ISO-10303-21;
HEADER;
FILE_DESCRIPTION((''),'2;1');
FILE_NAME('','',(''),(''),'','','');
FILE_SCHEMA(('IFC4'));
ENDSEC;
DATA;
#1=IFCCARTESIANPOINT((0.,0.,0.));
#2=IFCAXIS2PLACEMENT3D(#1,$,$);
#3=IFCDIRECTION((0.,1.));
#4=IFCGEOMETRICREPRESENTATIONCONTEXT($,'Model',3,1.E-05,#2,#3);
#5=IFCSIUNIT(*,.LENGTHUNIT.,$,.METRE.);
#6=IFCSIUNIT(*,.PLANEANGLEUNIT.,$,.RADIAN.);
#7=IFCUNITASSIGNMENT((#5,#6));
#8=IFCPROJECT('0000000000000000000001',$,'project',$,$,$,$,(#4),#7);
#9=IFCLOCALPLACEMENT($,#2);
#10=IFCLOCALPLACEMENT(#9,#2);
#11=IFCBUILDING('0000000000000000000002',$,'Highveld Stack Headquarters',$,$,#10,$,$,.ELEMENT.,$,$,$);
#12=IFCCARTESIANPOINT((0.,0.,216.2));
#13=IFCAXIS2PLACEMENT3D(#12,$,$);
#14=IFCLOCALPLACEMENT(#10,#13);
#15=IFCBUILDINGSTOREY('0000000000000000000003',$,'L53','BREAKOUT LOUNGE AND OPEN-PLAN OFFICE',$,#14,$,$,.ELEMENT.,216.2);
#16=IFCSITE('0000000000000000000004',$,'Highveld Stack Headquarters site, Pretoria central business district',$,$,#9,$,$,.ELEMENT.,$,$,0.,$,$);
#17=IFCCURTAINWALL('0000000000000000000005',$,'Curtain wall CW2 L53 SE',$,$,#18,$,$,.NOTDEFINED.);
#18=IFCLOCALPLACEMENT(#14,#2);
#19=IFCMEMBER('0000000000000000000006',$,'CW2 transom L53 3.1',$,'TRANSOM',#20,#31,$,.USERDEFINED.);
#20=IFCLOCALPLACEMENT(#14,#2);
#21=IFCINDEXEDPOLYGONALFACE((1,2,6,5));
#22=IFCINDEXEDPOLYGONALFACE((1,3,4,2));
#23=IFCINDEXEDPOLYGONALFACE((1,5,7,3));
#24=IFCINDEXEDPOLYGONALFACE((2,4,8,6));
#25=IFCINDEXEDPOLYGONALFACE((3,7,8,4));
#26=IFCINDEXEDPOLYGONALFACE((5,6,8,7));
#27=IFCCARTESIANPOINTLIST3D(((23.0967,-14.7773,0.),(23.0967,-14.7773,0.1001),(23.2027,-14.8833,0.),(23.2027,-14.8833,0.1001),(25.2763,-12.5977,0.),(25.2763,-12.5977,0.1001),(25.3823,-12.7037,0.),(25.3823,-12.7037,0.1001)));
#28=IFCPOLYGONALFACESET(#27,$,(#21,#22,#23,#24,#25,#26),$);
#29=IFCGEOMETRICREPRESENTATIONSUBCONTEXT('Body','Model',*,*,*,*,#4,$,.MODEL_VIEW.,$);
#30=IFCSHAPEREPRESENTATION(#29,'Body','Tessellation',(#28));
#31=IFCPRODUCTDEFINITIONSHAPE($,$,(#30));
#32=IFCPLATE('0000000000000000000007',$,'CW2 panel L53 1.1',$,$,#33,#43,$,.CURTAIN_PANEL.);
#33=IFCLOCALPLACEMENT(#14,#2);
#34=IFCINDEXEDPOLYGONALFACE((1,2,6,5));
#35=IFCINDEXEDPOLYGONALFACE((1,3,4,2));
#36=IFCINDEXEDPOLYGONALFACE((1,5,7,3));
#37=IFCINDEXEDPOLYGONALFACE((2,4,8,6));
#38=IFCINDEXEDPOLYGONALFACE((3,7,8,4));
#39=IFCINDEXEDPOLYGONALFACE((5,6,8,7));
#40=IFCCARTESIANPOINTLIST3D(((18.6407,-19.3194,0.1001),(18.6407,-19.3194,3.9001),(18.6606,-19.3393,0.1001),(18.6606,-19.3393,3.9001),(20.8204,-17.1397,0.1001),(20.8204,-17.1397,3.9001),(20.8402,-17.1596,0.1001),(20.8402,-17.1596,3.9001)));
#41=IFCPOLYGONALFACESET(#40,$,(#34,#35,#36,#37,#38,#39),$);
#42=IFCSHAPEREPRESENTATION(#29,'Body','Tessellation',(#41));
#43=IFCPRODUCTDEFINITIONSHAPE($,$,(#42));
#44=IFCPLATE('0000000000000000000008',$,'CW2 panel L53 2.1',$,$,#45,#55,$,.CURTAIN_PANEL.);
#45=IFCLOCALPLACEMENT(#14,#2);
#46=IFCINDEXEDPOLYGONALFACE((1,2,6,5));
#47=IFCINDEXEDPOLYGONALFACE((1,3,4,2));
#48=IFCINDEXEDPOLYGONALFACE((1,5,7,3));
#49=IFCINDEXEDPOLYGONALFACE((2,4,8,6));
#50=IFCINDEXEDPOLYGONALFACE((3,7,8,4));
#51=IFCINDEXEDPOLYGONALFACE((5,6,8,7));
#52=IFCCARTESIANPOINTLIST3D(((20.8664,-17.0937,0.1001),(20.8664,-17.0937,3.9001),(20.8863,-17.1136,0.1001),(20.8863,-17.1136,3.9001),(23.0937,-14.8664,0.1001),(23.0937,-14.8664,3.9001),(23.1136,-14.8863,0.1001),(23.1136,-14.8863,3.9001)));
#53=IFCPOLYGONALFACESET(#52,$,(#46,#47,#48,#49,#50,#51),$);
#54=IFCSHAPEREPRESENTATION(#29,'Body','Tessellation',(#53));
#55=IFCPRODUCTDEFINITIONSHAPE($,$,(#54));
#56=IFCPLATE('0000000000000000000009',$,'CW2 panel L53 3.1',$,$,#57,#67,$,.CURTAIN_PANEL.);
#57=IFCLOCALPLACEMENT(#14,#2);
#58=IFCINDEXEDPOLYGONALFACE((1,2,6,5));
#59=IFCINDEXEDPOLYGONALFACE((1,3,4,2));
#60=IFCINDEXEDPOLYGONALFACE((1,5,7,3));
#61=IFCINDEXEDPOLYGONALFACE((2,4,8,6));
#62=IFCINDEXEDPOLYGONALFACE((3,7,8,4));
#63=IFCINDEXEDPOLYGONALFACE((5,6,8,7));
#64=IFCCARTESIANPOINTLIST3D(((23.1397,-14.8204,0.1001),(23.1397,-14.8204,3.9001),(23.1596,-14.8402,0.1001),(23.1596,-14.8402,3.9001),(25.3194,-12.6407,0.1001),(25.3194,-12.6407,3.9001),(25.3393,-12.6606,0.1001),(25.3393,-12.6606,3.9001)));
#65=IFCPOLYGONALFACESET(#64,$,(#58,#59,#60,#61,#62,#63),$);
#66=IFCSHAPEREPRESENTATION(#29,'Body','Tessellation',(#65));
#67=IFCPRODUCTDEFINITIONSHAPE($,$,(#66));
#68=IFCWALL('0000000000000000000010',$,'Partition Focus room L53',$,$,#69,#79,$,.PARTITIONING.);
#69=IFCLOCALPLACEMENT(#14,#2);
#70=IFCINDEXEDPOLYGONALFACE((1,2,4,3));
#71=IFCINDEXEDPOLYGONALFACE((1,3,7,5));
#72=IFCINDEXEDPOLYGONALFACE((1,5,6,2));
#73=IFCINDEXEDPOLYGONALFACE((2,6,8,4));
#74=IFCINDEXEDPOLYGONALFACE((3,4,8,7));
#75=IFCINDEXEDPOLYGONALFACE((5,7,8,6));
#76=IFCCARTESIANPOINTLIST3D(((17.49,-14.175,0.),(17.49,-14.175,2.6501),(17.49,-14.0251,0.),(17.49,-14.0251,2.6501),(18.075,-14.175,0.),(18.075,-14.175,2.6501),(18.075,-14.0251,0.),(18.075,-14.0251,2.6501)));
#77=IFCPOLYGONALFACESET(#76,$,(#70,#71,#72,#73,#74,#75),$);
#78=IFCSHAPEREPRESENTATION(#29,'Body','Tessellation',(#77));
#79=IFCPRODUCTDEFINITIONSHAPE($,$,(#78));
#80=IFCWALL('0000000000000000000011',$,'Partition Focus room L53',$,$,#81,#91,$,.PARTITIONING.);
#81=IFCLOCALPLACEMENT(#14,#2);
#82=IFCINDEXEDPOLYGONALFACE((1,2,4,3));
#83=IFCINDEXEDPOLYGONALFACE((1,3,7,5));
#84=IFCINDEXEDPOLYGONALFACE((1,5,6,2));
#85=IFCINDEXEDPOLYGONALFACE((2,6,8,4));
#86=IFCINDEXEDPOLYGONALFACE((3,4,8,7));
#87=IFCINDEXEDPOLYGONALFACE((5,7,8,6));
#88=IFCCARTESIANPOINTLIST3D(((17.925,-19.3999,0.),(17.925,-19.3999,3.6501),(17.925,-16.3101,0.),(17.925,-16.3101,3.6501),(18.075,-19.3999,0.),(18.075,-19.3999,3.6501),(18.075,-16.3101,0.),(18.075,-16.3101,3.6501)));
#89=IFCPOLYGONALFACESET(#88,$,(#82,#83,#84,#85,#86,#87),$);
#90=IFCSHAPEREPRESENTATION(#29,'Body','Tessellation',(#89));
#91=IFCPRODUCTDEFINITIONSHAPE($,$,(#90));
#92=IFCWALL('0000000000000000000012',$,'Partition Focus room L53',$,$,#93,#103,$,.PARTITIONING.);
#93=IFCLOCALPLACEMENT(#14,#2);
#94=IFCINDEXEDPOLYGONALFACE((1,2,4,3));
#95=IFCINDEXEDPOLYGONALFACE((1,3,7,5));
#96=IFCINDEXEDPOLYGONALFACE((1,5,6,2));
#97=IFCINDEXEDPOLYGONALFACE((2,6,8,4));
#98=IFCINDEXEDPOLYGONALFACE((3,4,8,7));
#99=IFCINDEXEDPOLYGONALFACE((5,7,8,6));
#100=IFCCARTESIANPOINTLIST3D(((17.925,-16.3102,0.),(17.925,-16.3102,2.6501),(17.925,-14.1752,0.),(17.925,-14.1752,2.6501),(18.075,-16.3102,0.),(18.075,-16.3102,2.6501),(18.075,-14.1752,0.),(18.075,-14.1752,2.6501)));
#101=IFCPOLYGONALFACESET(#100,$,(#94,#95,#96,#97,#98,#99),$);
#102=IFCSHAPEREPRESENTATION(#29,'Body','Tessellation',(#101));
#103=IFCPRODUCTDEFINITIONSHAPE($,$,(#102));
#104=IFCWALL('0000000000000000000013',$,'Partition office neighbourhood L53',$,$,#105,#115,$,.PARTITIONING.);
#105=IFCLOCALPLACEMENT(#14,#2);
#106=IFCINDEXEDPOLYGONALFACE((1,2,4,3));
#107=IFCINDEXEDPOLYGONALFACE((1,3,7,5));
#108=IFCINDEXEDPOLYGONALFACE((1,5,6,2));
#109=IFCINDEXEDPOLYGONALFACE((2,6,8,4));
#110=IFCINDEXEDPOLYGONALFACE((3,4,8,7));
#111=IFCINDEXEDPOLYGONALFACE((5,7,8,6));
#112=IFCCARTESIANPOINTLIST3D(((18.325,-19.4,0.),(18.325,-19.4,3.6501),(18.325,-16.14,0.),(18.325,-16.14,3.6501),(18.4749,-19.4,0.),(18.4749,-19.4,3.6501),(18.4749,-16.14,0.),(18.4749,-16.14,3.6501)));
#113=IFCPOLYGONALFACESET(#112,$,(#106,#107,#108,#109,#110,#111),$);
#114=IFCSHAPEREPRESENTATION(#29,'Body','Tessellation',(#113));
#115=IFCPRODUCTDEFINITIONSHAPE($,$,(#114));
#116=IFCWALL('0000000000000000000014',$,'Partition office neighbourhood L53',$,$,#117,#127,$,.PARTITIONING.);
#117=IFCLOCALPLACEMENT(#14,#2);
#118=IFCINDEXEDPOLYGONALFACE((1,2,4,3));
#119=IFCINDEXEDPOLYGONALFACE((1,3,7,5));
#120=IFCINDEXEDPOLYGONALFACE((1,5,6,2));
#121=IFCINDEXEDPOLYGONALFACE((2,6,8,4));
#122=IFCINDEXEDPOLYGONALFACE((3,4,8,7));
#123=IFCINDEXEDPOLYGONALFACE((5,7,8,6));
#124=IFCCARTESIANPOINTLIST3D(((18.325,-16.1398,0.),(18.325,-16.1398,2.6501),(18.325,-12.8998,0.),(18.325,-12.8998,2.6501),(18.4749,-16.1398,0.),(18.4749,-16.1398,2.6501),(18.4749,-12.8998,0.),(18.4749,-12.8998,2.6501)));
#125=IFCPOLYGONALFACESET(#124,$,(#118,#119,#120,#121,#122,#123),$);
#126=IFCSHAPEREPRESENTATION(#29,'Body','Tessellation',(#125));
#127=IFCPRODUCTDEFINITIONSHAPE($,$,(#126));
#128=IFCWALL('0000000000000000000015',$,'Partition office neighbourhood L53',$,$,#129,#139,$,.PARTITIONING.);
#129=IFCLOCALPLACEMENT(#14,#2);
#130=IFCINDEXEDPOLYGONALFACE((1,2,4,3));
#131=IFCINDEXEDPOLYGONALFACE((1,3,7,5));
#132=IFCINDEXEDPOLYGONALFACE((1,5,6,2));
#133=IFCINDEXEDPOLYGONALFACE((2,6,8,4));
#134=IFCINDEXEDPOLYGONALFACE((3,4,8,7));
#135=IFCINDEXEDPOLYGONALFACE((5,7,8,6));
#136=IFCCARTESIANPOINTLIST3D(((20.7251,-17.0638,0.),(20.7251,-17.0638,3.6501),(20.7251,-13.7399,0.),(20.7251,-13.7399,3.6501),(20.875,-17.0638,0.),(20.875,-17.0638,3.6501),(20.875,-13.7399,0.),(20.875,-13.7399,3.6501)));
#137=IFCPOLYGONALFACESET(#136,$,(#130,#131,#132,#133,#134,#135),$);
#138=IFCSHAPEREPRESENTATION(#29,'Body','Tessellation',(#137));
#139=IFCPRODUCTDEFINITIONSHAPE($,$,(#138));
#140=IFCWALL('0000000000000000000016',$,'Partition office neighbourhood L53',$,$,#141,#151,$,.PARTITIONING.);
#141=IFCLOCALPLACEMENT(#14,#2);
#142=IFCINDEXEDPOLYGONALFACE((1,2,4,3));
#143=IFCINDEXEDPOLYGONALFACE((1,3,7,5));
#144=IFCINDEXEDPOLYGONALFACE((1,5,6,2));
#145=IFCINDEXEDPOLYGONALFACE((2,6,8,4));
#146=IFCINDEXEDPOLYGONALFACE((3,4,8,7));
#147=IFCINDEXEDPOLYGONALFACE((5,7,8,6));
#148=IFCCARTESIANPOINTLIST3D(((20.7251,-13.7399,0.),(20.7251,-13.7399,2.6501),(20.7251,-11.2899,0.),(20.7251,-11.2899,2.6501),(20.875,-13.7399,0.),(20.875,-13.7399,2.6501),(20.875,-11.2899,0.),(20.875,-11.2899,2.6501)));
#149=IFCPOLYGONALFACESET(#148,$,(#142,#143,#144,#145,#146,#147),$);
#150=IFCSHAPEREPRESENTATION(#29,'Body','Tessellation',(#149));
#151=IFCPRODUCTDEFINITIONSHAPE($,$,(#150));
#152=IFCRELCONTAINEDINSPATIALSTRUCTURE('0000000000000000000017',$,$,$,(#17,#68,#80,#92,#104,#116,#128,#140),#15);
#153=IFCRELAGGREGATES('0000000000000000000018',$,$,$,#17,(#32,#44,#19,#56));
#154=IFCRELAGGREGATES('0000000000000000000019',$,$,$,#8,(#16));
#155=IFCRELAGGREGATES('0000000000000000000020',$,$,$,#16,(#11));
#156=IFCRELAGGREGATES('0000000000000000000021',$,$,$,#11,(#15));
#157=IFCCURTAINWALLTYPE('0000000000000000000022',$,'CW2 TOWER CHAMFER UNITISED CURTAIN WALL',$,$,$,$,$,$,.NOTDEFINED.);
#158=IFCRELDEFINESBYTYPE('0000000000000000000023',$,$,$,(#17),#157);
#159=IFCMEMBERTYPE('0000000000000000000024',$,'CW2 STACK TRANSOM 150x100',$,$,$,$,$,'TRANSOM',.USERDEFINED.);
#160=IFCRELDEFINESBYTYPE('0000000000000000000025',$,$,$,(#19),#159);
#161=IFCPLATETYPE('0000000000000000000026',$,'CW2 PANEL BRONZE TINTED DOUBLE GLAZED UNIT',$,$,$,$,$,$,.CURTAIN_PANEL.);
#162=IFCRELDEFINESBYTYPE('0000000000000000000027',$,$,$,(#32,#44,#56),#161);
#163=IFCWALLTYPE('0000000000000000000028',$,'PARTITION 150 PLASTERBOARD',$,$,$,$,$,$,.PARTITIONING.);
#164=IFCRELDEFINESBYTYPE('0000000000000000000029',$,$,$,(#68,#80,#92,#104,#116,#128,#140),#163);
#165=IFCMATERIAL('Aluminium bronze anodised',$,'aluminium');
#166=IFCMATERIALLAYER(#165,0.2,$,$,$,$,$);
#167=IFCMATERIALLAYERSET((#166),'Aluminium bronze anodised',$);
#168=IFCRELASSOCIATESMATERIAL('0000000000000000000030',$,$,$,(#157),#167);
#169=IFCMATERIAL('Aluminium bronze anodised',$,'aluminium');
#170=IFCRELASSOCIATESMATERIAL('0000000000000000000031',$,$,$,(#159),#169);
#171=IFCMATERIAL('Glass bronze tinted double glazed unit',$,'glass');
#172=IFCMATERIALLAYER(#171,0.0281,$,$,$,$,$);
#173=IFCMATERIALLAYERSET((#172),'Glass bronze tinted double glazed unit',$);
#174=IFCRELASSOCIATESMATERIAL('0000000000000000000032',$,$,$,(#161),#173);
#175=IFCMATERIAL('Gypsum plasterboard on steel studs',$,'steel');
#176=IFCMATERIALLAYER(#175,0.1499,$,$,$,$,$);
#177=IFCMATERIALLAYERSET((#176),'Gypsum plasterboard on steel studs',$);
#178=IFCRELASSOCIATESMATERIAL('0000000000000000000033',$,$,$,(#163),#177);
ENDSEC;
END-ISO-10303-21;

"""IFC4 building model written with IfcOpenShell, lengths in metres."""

from ifc_helpers import new_model, si_unit, direction, frame, frame_2d, origin, origin_2d, place, context, subcontext, project, spatial, rectangle, extrude, material, layer, layer_set, material_profile, profile_set, type_object, element, aggregate, save


model = new_model("IFC4")

# Units and contexts
model_context = context("Model", 3, precision=1e-05, world=origin(), true_north=direction((0.0, 1.0)))
body_context = subcontext(model_context, "Body", "Model", "MODEL_VIEW")
ifc_project = project(units=[si_unit("LENGTHUNIT", "METRE"), si_unit("PLANEANGLEUNIT", "RADIAN")], contexts=[model_context])

# Site, building, storey
site_placement = place(None, origin())
site = spatial("IfcSite", under=ifc_project, at=site_placement, Name="Highveld Stack Headquarters site, Pretoria central business district", CompositionType="ELEMENT", RefElevation=0.0)
building_placement = place(site_placement, origin())
building = spatial("IfcBuilding", under=site, at=building_placement, Name="Highveld Stack Headquarters", CompositionType="ELEMENT")
storey_placement = place(building_placement, frame((0.0, 0.0, 216.2)))
storey = spatial("IfcBuildingStorey", under=building, at=storey_placement, Name="L53", Description="BREAKOUT LOUNGE AND OPEN-PLAN OFFICE", CompositionType="ELEMENT", Elevation=216.2)

# Curtain wall, member, plates
ifc_material_1 = material(Name="Aluminium bronze anodised", Category="aluminium")
ifc_layer_1 = layer(ifc_material_1, 0.2)
ifc_layer_set_1 = layer_set([ifc_layer_1], Name="Aluminium bronze anodised")
curtain_wall_type_1 = type_object("IfcCurtainWallType", Name="CW2 TOWER CHAMFER UNITISED CURTAIN WALL", PredefinedType="NOTDEFINED", material=ifc_layer_set_1)
curtain_wall_1_placement = place(storey_placement, origin())
curtain_wall_1 = element("IfcCurtainWall", 1, at=curtain_wall_1_placement, inside=storey, type_object=curtain_wall_type_1, Name="Curtain wall CW2 L53 SE", PredefinedType="NOTDEFINED")
ifc_material_2 = material(Name="Aluminium bronze anodised", Category="aluminium")
ifc_material_profile_1 = material_profile(ifc_material_2, rectangle(XDim=0.1499, YDim=0.1001, at=origin_2d()), Name="CW2 TRANSOM 150x100")
ifc_profile_set_1 = profile_set([ifc_material_profile_1], Name="Aluminium bronze anodised")
member_type_1 = type_object("IfcMemberType", Name="CW2 STACK TRANSOM 150x100", ElementType="TRANSOM", PredefinedType="USERDEFINED", material=ifc_profile_set_1)
member_1_placement = place(storey_placement, frame((23.1497, -14.8303, 0.05), z_axis=(0.707107, 0.707107, 0.0), x_axis=(-0.707107, 0.707107, 0.0)))
member_1 = element("IfcMember", 2, at=member_1_placement, type_object=member_type_1, Name="CW2 transom L53 3.1", ObjectType="TRANSOM", PredefinedType="USERDEFINED", context=body_context, shape_type="SweptSolid", body=[
    extrude(rectangle(XDim=0.1499, YDim=0.1001, at=origin_2d()), origin(), (0.0, 0.0, 1.0), 3.0825),
])
ifc_material_3 = material(Name="Glass bronze tinted double glazed unit", Category="glass")
ifc_layer_2 = layer(ifc_material_3, 0.0281)
ifc_layer_set_2 = layer_set([ifc_layer_2], Name="Glass bronze tinted double glazed unit")
plate_type = type_object("IfcPlateType", Name="CW2 PANEL BRONZE TINTED DOUBLE GLAZED UNIT", PredefinedType="CURTAIN_PANEL", material=ifc_layer_set_2)
plate_1_placement = place(storey_placement, frame((19.7405, -18.2395, 0.1001), z_axis=(0.0, 0.0, 1.0), x_axis=(0.707107, 0.707107, 0.0)))
plate_1 = element("IfcPlate", 3, at=plate_1_placement, type_object=plate_type, Name="CW2 panel L53 1.1", PredefinedType="CURTAIN_PANEL", context=body_context, shape_type="SweptSolid", body=[
    extrude(rectangle(XDim=3.0825, YDim=0.0281, at=origin_2d()), origin(), (0.0, 0.0, 1.0), 3.8),
])
plate_2_placement = place(storey_placement, frame((21.99, -15.99, 0.1001), z_axis=(0.0, 0.0, 1.0), x_axis=(0.707107, 0.707107, 0.0)))
plate_2 = element("IfcPlate", 4, at=plate_2_placement, type_object=plate_type, Name="CW2 panel L53 2.1", PredefinedType="CURTAIN_PANEL", context=body_context, shape_type="SweptSolid", body=[
    extrude(rectangle(XDim=3.1499, YDim=0.0281, at=origin_2d()), origin(), (0.0, 0.0, 1.0), 3.8),
])
plate_3_placement = place(storey_placement, frame((24.2395, -13.7405, 0.1001), z_axis=(0.0, 0.0, 1.0), x_axis=(0.707107, 0.707107, 0.0)))
plate_3 = element("IfcPlate", 5, at=plate_3_placement, type_object=plate_type, Name="CW2 panel L53 3.1", PredefinedType="CURTAIN_PANEL", context=body_context, shape_type="SweptSolid", body=[
    extrude(rectangle(XDim=3.0825, YDim=0.0281, at=origin_2d()), origin(), (0.0, 0.0, 1.0), 3.8),
])
aggregate(curtain_wall_1, [plate_1, plate_2, member_1, plate_3])

# Walls
ifc_material_4 = material(Name="Gypsum plasterboard on steel studs", Category="steel")
ifc_layer_3 = layer(ifc_material_4, 0.1499)
ifc_layer_set_3 = layer_set([ifc_layer_3], Name="Gypsum plasterboard on steel studs")
wall_type = type_object("IfcWallType", Name="PARTITION 150 PLASTERBOARD", PredefinedType="PARTITIONING", material=ifc_layer_set_3)
wall_1_placement = place(storey_placement, frame((17.49, -14.1001, 0.0), z_axis=(0.0, 0.0, 1.0), x_axis=(1.0, 0.0, 0.0)))
element("IfcWall", 6, at=wall_1_placement, inside=storey, type_object=wall_type, Name="Partition Focus room L53", PredefinedType="PARTITIONING", context=body_context, shape_type="SweptSolid", body=[
    extrude(rectangle(XDim=0.585, YDim=0.1499, at=frame_2d((0.2925, 0.0))), origin(), (0.0, 0.0, 1.0), 2.6501),
])
wall_2_placement = place(storey_placement, frame((18.0, -19.3999, 0.0), z_axis=(0.0, 0.0, 1.0), x_axis=(0.0, 1.0, 0.0)))
element("IfcWall", 7, at=wall_2_placement, inside=storey, type_object=wall_type, Name="Partition Focus room L53", PredefinedType="PARTITIONING", context=body_context, shape_type="SweptSolid", body=[
    extrude(rectangle(XDim=3.0898, YDim=0.1499, at=frame_2d((1.5449, 0.0))), origin(), (0.0, 0.0, 1.0), 3.6501),
])
wall_3_placement = place(storey_placement, frame((18.0, -16.3101, 0.0), z_axis=(0.0, 0.0, 1.0), x_axis=(0.0, 1.0, 0.0)))
element("IfcWall", 8, at=wall_3_placement, inside=storey, type_object=wall_type, Name="Partition Focus room L53", PredefinedType="PARTITIONING", context=body_context, shape_type="SweptSolid", body=[
    extrude(rectangle(XDim=2.135, YDim=0.1499, at=frame_2d((1.0674, 0.0))), origin(), (0.0, 0.0, 1.0), 2.6501),
])
wall_4_placement = place(storey_placement, frame((18.3999, -19.3999, 0.0), z_axis=(0.0, 0.0, 1.0), x_axis=(0.0, 1.0, 0.0)))
element("IfcWall", 9, at=wall_4_placement, inside=storey, type_object=wall_type, Name="Partition office neighbourhood L53", PredefinedType="PARTITIONING", context=body_context, shape_type="SweptSolid", body=[
    extrude(rectangle(XDim=3.26, YDim=0.1499, at=frame_2d((1.6299, 0.0))), origin(), (0.0, 0.0, 1.0), 3.6501),
])
wall_5_placement = place(storey_placement, frame((18.3999, -16.1399, 0.0), z_axis=(0.0, 0.0, 1.0), x_axis=(0.0, 1.0, 0.0)))
element("IfcWall", 10, at=wall_5_placement, inside=storey, type_object=wall_type, Name="Partition office neighbourhood L53", PredefinedType="PARTITIONING", context=body_context, shape_type="SweptSolid", body=[
    extrude(rectangle(XDim=3.24, YDim=0.1499, at=frame_2d((1.6201, 0.0))), origin(), (0.0, 0.0, 1.0), 2.6501),
])
wall_6_placement = place(storey_placement, frame((20.8, -17.064, 0.0), z_axis=(0.0, 0.0, 1.0), x_axis=(0.0, 1.0, 0.0)))
element("IfcWall", 11, at=wall_6_placement, inside=storey, type_object=wall_type, Name="Partition office neighbourhood L53", PredefinedType="PARTITIONING", context=body_context, shape_type="SweptSolid", body=[
    extrude(rectangle(XDim=3.324, YDim=0.1499, at=frame_2d((1.6621, 0.0))), origin(), (0.0, 0.0, 1.0), 3.6501),
])
wall_7_placement = place(storey_placement, frame((20.8, -13.74, 0.0), z_axis=(0.0, 0.0, 1.0), x_axis=(0.0, 1.0, 0.0)))
element("IfcWall", 12, at=wall_7_placement, inside=storey, type_object=wall_type, Name="Partition office neighbourhood L53", PredefinedType="PARTITIONING", context=body_context, shape_type="SweptSolid", body=[
    extrude(rectangle(XDim=2.45, YDim=0.1499, at=frame_2d((1.2251, 0.0))), origin(), (0.0, 0.0, 1.0), 2.6501),
])

save(model, "model.ifc")
